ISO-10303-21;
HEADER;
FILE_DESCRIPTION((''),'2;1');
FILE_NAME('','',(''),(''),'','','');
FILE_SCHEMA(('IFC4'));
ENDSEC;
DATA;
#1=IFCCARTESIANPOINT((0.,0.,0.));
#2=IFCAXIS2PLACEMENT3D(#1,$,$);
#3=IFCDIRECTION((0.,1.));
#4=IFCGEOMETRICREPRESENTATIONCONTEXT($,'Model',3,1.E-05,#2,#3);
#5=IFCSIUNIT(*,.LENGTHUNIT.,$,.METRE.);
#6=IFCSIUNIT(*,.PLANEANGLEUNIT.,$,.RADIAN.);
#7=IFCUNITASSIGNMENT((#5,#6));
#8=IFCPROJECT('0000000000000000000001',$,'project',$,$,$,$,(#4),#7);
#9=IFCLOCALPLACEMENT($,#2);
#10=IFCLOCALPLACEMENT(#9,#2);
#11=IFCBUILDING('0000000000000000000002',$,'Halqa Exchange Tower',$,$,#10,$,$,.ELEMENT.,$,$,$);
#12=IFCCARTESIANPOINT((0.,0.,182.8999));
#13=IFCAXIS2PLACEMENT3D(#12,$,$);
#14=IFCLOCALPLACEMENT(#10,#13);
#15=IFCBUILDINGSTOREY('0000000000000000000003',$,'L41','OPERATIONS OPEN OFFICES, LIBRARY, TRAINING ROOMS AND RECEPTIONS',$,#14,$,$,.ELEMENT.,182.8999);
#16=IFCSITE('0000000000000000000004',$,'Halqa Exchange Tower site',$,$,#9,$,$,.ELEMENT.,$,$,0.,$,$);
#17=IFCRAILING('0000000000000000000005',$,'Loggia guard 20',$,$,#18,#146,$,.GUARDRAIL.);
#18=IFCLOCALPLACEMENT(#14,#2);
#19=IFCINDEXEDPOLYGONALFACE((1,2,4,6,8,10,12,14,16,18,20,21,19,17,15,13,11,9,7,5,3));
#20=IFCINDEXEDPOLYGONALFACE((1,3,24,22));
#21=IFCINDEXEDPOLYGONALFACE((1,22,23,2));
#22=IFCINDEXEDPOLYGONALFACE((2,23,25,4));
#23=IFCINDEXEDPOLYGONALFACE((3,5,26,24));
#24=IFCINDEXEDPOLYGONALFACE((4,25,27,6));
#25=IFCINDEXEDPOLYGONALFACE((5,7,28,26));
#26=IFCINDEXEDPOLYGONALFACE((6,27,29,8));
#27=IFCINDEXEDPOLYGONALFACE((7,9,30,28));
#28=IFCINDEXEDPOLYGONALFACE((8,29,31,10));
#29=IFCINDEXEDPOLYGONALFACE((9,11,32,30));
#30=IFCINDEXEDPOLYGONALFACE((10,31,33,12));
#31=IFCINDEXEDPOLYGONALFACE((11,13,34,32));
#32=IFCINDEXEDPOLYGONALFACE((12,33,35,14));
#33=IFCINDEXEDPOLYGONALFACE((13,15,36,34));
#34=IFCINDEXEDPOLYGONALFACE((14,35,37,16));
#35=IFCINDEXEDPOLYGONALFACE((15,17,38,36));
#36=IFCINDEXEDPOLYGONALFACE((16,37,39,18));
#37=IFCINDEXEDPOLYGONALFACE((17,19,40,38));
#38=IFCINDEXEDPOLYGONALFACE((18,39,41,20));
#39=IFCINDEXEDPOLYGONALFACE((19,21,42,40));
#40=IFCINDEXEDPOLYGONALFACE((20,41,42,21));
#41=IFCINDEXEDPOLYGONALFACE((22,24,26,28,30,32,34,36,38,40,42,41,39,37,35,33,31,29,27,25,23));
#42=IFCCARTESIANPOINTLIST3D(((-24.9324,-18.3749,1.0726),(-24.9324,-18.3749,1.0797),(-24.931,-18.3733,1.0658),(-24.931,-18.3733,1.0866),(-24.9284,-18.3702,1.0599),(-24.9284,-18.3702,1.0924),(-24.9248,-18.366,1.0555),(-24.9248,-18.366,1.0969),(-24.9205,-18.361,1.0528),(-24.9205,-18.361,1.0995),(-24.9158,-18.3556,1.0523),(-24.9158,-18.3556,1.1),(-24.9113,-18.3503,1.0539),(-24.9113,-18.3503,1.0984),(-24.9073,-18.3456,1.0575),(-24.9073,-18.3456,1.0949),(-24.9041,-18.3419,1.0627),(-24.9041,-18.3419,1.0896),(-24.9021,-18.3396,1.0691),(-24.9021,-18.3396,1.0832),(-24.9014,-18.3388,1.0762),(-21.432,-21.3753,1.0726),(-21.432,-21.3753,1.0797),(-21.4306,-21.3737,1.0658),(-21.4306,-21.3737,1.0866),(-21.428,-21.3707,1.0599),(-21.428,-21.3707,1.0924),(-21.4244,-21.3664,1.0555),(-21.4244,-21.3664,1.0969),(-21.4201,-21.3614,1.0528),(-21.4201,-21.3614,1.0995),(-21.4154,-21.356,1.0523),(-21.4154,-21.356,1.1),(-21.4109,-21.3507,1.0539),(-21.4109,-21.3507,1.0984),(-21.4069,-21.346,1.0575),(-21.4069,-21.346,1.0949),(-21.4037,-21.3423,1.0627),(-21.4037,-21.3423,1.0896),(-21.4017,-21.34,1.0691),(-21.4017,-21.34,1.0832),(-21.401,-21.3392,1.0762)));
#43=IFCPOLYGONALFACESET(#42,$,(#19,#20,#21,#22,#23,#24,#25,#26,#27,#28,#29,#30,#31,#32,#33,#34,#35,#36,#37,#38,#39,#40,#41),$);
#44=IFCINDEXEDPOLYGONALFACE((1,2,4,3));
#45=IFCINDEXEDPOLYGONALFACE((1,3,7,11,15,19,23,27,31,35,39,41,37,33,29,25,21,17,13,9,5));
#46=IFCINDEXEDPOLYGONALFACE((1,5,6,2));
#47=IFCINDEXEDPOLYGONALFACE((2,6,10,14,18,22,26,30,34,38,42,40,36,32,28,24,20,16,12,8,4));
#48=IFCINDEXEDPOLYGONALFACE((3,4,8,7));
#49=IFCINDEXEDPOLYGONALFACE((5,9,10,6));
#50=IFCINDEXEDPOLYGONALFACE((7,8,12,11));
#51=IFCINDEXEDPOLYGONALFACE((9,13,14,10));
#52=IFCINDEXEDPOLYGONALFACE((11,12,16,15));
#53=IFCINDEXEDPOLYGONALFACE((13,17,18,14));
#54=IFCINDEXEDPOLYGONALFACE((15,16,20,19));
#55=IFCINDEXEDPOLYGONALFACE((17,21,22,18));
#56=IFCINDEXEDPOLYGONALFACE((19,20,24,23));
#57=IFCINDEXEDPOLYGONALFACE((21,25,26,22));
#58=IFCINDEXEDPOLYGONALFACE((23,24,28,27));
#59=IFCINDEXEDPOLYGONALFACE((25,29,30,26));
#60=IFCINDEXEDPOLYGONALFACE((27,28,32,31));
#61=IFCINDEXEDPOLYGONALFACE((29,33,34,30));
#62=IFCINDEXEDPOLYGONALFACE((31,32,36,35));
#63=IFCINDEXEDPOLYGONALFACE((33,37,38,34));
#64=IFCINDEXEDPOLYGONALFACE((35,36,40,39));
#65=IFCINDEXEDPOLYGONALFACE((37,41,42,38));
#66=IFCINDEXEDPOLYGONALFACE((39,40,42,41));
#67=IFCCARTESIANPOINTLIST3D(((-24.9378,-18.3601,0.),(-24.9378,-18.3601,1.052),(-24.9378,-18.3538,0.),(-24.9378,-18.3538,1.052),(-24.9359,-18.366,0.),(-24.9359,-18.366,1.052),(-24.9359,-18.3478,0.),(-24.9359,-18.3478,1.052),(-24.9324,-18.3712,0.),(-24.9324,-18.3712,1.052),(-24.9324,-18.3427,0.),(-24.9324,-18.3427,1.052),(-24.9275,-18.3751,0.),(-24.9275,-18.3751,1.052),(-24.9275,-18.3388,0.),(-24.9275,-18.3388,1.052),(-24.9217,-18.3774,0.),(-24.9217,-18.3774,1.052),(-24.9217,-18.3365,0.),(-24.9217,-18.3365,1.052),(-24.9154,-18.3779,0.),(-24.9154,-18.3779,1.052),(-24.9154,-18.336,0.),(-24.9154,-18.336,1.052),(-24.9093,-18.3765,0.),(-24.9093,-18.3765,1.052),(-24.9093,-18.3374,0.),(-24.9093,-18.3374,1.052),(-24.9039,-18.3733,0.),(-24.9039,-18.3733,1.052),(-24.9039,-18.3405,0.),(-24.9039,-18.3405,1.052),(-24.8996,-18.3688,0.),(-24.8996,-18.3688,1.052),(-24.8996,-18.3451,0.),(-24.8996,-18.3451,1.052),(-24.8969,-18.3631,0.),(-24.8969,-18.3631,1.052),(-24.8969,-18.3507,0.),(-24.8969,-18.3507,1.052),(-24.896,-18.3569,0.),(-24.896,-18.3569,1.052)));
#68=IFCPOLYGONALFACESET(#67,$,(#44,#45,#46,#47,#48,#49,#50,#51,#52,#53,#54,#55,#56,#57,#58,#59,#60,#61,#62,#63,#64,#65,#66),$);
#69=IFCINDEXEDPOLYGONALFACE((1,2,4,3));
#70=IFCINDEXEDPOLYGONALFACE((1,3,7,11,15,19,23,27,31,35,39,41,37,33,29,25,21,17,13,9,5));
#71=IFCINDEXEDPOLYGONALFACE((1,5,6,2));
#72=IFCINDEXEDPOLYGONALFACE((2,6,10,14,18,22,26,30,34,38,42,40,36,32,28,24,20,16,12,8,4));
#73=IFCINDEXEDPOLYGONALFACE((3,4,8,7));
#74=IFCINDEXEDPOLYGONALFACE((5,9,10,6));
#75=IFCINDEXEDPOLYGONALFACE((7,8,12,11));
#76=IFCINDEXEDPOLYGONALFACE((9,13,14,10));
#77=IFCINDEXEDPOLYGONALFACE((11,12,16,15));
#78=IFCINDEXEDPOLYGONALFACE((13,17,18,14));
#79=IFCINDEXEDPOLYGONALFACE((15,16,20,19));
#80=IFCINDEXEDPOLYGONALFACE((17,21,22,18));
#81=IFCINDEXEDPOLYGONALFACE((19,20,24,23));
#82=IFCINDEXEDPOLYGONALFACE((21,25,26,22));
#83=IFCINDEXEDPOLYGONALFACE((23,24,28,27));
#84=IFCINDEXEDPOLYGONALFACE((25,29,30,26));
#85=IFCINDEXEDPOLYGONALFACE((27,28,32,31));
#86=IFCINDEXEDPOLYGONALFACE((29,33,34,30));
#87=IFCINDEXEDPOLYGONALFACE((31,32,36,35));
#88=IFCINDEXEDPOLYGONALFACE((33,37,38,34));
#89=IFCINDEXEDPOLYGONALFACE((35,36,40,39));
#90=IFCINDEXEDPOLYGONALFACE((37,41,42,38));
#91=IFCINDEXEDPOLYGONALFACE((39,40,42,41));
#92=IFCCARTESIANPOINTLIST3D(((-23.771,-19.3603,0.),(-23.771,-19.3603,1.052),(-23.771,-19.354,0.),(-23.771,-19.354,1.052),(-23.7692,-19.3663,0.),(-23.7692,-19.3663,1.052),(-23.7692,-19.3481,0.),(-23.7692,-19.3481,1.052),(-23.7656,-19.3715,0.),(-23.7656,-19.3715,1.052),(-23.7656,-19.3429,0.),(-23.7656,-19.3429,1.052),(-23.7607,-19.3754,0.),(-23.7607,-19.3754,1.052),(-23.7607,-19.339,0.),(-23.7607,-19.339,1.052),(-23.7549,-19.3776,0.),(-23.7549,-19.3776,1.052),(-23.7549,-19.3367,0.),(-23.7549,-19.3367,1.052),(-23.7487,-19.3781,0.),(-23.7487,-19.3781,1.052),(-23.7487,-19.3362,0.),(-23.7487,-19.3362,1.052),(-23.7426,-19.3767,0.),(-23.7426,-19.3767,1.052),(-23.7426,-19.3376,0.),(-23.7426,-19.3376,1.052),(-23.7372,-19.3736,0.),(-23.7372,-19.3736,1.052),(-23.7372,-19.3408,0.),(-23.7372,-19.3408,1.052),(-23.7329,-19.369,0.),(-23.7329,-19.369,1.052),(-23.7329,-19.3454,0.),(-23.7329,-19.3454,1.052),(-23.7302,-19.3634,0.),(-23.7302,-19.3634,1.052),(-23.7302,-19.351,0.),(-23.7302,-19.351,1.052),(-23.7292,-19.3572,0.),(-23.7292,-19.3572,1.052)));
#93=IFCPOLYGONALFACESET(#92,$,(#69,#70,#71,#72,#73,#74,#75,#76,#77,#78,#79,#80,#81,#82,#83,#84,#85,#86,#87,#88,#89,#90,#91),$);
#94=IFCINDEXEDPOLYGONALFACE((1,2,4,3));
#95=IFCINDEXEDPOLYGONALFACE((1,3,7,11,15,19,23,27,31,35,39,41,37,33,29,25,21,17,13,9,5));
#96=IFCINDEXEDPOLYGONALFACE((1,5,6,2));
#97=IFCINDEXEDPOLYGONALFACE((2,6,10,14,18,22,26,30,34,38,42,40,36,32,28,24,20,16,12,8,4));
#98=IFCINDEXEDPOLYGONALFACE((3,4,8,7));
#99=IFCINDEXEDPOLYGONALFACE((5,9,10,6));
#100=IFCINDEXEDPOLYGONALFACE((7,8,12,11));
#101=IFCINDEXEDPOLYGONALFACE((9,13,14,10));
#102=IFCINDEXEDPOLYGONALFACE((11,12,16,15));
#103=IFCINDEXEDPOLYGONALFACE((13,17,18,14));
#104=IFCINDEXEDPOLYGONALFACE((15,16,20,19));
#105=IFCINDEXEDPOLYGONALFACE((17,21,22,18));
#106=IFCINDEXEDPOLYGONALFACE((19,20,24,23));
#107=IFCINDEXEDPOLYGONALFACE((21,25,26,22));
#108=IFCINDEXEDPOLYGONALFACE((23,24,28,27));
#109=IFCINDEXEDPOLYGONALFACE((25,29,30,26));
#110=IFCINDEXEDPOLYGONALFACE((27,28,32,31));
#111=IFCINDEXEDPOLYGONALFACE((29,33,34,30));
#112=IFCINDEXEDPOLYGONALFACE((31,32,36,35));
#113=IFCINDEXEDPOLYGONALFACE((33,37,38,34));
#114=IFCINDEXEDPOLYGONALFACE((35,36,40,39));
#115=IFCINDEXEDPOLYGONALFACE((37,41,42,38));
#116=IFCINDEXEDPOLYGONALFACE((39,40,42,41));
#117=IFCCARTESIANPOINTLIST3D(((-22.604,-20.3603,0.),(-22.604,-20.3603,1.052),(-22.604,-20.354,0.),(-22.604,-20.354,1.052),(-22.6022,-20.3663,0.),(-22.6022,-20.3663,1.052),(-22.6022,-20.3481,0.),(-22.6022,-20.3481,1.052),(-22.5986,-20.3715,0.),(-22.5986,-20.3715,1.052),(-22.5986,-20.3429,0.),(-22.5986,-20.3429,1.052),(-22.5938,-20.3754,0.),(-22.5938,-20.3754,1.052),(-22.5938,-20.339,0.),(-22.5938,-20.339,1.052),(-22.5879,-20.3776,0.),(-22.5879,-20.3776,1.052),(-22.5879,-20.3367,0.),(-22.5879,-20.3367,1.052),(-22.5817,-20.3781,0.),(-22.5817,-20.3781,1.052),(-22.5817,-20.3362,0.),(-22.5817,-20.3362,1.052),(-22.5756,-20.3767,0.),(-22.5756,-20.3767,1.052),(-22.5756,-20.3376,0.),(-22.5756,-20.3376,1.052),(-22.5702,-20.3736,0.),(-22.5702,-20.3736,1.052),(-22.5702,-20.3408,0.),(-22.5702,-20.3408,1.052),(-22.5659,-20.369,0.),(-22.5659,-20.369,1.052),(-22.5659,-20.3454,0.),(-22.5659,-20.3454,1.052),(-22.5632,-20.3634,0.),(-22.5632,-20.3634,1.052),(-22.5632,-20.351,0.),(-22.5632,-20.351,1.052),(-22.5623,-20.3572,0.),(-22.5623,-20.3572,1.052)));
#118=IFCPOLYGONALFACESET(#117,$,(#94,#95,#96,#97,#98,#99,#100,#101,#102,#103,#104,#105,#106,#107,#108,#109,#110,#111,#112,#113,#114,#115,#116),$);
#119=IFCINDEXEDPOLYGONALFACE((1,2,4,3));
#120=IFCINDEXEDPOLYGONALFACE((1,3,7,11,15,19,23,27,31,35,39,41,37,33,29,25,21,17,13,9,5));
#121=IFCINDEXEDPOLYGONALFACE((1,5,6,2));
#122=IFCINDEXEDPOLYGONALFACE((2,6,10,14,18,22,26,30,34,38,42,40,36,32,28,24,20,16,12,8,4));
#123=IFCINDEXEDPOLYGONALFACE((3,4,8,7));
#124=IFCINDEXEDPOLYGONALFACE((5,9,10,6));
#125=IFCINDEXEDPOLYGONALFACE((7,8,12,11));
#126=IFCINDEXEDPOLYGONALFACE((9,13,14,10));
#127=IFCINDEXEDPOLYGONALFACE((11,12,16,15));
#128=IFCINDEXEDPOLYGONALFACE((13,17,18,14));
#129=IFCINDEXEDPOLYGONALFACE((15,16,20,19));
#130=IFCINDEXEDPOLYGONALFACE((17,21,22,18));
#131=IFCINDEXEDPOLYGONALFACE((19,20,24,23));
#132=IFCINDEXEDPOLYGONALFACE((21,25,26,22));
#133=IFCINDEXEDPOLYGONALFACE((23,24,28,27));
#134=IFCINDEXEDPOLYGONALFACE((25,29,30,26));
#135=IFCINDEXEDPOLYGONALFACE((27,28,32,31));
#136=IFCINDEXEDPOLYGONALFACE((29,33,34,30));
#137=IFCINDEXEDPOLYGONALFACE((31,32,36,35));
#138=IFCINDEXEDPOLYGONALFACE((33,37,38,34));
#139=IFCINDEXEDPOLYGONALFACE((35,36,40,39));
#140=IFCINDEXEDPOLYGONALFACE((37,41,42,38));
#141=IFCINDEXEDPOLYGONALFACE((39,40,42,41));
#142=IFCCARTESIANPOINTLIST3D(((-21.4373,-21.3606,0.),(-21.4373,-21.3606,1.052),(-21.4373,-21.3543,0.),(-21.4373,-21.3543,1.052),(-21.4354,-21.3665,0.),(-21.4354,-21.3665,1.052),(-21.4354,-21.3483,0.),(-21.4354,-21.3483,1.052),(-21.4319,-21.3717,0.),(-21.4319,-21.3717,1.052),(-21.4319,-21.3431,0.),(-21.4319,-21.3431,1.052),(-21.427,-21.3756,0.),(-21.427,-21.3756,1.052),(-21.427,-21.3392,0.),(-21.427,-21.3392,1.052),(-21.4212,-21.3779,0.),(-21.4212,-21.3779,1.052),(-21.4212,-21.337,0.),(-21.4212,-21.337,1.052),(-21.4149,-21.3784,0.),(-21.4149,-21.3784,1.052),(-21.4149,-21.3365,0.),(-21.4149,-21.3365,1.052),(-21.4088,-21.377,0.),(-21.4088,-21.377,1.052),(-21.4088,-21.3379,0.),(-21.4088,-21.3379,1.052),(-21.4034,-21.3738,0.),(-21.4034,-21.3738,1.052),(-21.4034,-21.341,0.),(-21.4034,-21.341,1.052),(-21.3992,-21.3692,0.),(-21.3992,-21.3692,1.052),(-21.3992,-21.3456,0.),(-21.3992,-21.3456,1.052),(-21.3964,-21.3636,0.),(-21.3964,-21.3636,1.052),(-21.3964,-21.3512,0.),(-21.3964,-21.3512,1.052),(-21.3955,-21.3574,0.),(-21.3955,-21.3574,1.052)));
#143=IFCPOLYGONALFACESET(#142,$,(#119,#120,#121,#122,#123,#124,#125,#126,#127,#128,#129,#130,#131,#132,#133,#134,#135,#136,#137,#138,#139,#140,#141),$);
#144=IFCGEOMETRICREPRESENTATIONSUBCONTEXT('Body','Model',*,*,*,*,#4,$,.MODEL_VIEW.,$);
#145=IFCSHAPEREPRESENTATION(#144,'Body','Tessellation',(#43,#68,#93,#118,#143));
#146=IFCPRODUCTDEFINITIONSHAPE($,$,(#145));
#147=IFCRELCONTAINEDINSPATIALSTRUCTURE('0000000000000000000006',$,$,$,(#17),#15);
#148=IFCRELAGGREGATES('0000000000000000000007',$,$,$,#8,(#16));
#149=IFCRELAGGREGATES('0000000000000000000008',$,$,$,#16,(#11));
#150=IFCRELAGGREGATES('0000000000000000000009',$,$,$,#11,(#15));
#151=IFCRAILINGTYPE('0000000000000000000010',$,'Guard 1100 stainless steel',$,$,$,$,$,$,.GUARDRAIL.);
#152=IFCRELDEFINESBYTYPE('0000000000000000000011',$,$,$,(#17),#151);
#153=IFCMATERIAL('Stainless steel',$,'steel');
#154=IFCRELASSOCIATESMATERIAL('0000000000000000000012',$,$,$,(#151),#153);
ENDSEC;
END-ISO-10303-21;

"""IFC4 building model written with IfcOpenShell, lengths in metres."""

from ifc_helpers import new_model, si_unit, direction, frame, origin, origin_2d, place, context, subcontext, project, spatial, circle, extrude, material, type_object, element, save


model = new_model("IFC4")

# Units and contexts
model_context = context("Model", 3, precision=1e-05, world=origin(), true_north=direction((0.0, 1.0)))
body_context = subcontext(model_context, "Body", "Model", "MODEL_VIEW")
ifc_project = project(units=[si_unit("LENGTHUNIT", "METRE"), si_unit("PLANEANGLEUNIT", "RADIAN")], contexts=[model_context])

# Site, building, storey
site_placement = place(None, origin())
site = spatial("IfcSite", under=ifc_project, at=site_placement, Name="Halqa Exchange Tower site", CompositionType="ELEMENT", RefElevation=0.0)
building_placement = place(site_placement, origin())
building = spatial("IfcBuilding", under=site, at=building_placement, Name="Halqa Exchange Tower", CompositionType="ELEMENT")
storey_placement = place(building_placement, frame((0.0, 0.0, 182.8999)))
storey = spatial("IfcBuildingStorey", under=building, at=storey_placement, Name="L41", Description="OPERATIONS OPEN OFFICES, LIBRARY, TRAINING ROOMS AND RECEPTIONS", CompositionType="ELEMENT", Elevation=182.8999)

# Railing
ifc_material_1 = material(Name="Stainless steel", Category="steel")
railing_type = type_object("IfcRailingType", Name="Guard 1100 stainless steel", PredefinedType="GUARDRAIL", material=ifc_material_1)
railing_1_placement = place(storey_placement, frame((-24.917, -18.3569, 0.0)))
element("IfcRailing", 1, at=railing_1_placement, inside=storey, type_object=railing_type, Name="Loggia guard 20", PredefinedType="GUARDRAIL", context=body_context, shape_type="SweptSolid", body=[
    extrude(circle(Radius=0.0239, at=origin_2d()), frame((0.0, 0.0, 1.0762), z_axis=(0.759249, -0.6508, 0.0), x_axis=(0.6508, 0.759249, 0.0)), (0.0, 0.0, 1.0), 4.6104),
    extrude(circle(Radius=0.021, at=origin_2d()), origin(), (0.0, 0.0, 1.0), 1.052),
    extrude(circle(Radius=0.021, at=origin_2d()), frame((1.1667, -1.0002, 0.0)), (0.0, 0.0, 1.0), 1.052),
    extrude(circle(Radius=0.021, at=origin_2d()), frame((2.3337, -2.0002, 0.0)), (0.0, 0.0, 1.0), 1.052),
    extrude(circle(Radius=0.021, at=origin_2d()), frame((3.5005, -3.0005, 0.0)), (0.0, 0.0, 1.0), 1.052),
])

save(model, "model.ifc")
